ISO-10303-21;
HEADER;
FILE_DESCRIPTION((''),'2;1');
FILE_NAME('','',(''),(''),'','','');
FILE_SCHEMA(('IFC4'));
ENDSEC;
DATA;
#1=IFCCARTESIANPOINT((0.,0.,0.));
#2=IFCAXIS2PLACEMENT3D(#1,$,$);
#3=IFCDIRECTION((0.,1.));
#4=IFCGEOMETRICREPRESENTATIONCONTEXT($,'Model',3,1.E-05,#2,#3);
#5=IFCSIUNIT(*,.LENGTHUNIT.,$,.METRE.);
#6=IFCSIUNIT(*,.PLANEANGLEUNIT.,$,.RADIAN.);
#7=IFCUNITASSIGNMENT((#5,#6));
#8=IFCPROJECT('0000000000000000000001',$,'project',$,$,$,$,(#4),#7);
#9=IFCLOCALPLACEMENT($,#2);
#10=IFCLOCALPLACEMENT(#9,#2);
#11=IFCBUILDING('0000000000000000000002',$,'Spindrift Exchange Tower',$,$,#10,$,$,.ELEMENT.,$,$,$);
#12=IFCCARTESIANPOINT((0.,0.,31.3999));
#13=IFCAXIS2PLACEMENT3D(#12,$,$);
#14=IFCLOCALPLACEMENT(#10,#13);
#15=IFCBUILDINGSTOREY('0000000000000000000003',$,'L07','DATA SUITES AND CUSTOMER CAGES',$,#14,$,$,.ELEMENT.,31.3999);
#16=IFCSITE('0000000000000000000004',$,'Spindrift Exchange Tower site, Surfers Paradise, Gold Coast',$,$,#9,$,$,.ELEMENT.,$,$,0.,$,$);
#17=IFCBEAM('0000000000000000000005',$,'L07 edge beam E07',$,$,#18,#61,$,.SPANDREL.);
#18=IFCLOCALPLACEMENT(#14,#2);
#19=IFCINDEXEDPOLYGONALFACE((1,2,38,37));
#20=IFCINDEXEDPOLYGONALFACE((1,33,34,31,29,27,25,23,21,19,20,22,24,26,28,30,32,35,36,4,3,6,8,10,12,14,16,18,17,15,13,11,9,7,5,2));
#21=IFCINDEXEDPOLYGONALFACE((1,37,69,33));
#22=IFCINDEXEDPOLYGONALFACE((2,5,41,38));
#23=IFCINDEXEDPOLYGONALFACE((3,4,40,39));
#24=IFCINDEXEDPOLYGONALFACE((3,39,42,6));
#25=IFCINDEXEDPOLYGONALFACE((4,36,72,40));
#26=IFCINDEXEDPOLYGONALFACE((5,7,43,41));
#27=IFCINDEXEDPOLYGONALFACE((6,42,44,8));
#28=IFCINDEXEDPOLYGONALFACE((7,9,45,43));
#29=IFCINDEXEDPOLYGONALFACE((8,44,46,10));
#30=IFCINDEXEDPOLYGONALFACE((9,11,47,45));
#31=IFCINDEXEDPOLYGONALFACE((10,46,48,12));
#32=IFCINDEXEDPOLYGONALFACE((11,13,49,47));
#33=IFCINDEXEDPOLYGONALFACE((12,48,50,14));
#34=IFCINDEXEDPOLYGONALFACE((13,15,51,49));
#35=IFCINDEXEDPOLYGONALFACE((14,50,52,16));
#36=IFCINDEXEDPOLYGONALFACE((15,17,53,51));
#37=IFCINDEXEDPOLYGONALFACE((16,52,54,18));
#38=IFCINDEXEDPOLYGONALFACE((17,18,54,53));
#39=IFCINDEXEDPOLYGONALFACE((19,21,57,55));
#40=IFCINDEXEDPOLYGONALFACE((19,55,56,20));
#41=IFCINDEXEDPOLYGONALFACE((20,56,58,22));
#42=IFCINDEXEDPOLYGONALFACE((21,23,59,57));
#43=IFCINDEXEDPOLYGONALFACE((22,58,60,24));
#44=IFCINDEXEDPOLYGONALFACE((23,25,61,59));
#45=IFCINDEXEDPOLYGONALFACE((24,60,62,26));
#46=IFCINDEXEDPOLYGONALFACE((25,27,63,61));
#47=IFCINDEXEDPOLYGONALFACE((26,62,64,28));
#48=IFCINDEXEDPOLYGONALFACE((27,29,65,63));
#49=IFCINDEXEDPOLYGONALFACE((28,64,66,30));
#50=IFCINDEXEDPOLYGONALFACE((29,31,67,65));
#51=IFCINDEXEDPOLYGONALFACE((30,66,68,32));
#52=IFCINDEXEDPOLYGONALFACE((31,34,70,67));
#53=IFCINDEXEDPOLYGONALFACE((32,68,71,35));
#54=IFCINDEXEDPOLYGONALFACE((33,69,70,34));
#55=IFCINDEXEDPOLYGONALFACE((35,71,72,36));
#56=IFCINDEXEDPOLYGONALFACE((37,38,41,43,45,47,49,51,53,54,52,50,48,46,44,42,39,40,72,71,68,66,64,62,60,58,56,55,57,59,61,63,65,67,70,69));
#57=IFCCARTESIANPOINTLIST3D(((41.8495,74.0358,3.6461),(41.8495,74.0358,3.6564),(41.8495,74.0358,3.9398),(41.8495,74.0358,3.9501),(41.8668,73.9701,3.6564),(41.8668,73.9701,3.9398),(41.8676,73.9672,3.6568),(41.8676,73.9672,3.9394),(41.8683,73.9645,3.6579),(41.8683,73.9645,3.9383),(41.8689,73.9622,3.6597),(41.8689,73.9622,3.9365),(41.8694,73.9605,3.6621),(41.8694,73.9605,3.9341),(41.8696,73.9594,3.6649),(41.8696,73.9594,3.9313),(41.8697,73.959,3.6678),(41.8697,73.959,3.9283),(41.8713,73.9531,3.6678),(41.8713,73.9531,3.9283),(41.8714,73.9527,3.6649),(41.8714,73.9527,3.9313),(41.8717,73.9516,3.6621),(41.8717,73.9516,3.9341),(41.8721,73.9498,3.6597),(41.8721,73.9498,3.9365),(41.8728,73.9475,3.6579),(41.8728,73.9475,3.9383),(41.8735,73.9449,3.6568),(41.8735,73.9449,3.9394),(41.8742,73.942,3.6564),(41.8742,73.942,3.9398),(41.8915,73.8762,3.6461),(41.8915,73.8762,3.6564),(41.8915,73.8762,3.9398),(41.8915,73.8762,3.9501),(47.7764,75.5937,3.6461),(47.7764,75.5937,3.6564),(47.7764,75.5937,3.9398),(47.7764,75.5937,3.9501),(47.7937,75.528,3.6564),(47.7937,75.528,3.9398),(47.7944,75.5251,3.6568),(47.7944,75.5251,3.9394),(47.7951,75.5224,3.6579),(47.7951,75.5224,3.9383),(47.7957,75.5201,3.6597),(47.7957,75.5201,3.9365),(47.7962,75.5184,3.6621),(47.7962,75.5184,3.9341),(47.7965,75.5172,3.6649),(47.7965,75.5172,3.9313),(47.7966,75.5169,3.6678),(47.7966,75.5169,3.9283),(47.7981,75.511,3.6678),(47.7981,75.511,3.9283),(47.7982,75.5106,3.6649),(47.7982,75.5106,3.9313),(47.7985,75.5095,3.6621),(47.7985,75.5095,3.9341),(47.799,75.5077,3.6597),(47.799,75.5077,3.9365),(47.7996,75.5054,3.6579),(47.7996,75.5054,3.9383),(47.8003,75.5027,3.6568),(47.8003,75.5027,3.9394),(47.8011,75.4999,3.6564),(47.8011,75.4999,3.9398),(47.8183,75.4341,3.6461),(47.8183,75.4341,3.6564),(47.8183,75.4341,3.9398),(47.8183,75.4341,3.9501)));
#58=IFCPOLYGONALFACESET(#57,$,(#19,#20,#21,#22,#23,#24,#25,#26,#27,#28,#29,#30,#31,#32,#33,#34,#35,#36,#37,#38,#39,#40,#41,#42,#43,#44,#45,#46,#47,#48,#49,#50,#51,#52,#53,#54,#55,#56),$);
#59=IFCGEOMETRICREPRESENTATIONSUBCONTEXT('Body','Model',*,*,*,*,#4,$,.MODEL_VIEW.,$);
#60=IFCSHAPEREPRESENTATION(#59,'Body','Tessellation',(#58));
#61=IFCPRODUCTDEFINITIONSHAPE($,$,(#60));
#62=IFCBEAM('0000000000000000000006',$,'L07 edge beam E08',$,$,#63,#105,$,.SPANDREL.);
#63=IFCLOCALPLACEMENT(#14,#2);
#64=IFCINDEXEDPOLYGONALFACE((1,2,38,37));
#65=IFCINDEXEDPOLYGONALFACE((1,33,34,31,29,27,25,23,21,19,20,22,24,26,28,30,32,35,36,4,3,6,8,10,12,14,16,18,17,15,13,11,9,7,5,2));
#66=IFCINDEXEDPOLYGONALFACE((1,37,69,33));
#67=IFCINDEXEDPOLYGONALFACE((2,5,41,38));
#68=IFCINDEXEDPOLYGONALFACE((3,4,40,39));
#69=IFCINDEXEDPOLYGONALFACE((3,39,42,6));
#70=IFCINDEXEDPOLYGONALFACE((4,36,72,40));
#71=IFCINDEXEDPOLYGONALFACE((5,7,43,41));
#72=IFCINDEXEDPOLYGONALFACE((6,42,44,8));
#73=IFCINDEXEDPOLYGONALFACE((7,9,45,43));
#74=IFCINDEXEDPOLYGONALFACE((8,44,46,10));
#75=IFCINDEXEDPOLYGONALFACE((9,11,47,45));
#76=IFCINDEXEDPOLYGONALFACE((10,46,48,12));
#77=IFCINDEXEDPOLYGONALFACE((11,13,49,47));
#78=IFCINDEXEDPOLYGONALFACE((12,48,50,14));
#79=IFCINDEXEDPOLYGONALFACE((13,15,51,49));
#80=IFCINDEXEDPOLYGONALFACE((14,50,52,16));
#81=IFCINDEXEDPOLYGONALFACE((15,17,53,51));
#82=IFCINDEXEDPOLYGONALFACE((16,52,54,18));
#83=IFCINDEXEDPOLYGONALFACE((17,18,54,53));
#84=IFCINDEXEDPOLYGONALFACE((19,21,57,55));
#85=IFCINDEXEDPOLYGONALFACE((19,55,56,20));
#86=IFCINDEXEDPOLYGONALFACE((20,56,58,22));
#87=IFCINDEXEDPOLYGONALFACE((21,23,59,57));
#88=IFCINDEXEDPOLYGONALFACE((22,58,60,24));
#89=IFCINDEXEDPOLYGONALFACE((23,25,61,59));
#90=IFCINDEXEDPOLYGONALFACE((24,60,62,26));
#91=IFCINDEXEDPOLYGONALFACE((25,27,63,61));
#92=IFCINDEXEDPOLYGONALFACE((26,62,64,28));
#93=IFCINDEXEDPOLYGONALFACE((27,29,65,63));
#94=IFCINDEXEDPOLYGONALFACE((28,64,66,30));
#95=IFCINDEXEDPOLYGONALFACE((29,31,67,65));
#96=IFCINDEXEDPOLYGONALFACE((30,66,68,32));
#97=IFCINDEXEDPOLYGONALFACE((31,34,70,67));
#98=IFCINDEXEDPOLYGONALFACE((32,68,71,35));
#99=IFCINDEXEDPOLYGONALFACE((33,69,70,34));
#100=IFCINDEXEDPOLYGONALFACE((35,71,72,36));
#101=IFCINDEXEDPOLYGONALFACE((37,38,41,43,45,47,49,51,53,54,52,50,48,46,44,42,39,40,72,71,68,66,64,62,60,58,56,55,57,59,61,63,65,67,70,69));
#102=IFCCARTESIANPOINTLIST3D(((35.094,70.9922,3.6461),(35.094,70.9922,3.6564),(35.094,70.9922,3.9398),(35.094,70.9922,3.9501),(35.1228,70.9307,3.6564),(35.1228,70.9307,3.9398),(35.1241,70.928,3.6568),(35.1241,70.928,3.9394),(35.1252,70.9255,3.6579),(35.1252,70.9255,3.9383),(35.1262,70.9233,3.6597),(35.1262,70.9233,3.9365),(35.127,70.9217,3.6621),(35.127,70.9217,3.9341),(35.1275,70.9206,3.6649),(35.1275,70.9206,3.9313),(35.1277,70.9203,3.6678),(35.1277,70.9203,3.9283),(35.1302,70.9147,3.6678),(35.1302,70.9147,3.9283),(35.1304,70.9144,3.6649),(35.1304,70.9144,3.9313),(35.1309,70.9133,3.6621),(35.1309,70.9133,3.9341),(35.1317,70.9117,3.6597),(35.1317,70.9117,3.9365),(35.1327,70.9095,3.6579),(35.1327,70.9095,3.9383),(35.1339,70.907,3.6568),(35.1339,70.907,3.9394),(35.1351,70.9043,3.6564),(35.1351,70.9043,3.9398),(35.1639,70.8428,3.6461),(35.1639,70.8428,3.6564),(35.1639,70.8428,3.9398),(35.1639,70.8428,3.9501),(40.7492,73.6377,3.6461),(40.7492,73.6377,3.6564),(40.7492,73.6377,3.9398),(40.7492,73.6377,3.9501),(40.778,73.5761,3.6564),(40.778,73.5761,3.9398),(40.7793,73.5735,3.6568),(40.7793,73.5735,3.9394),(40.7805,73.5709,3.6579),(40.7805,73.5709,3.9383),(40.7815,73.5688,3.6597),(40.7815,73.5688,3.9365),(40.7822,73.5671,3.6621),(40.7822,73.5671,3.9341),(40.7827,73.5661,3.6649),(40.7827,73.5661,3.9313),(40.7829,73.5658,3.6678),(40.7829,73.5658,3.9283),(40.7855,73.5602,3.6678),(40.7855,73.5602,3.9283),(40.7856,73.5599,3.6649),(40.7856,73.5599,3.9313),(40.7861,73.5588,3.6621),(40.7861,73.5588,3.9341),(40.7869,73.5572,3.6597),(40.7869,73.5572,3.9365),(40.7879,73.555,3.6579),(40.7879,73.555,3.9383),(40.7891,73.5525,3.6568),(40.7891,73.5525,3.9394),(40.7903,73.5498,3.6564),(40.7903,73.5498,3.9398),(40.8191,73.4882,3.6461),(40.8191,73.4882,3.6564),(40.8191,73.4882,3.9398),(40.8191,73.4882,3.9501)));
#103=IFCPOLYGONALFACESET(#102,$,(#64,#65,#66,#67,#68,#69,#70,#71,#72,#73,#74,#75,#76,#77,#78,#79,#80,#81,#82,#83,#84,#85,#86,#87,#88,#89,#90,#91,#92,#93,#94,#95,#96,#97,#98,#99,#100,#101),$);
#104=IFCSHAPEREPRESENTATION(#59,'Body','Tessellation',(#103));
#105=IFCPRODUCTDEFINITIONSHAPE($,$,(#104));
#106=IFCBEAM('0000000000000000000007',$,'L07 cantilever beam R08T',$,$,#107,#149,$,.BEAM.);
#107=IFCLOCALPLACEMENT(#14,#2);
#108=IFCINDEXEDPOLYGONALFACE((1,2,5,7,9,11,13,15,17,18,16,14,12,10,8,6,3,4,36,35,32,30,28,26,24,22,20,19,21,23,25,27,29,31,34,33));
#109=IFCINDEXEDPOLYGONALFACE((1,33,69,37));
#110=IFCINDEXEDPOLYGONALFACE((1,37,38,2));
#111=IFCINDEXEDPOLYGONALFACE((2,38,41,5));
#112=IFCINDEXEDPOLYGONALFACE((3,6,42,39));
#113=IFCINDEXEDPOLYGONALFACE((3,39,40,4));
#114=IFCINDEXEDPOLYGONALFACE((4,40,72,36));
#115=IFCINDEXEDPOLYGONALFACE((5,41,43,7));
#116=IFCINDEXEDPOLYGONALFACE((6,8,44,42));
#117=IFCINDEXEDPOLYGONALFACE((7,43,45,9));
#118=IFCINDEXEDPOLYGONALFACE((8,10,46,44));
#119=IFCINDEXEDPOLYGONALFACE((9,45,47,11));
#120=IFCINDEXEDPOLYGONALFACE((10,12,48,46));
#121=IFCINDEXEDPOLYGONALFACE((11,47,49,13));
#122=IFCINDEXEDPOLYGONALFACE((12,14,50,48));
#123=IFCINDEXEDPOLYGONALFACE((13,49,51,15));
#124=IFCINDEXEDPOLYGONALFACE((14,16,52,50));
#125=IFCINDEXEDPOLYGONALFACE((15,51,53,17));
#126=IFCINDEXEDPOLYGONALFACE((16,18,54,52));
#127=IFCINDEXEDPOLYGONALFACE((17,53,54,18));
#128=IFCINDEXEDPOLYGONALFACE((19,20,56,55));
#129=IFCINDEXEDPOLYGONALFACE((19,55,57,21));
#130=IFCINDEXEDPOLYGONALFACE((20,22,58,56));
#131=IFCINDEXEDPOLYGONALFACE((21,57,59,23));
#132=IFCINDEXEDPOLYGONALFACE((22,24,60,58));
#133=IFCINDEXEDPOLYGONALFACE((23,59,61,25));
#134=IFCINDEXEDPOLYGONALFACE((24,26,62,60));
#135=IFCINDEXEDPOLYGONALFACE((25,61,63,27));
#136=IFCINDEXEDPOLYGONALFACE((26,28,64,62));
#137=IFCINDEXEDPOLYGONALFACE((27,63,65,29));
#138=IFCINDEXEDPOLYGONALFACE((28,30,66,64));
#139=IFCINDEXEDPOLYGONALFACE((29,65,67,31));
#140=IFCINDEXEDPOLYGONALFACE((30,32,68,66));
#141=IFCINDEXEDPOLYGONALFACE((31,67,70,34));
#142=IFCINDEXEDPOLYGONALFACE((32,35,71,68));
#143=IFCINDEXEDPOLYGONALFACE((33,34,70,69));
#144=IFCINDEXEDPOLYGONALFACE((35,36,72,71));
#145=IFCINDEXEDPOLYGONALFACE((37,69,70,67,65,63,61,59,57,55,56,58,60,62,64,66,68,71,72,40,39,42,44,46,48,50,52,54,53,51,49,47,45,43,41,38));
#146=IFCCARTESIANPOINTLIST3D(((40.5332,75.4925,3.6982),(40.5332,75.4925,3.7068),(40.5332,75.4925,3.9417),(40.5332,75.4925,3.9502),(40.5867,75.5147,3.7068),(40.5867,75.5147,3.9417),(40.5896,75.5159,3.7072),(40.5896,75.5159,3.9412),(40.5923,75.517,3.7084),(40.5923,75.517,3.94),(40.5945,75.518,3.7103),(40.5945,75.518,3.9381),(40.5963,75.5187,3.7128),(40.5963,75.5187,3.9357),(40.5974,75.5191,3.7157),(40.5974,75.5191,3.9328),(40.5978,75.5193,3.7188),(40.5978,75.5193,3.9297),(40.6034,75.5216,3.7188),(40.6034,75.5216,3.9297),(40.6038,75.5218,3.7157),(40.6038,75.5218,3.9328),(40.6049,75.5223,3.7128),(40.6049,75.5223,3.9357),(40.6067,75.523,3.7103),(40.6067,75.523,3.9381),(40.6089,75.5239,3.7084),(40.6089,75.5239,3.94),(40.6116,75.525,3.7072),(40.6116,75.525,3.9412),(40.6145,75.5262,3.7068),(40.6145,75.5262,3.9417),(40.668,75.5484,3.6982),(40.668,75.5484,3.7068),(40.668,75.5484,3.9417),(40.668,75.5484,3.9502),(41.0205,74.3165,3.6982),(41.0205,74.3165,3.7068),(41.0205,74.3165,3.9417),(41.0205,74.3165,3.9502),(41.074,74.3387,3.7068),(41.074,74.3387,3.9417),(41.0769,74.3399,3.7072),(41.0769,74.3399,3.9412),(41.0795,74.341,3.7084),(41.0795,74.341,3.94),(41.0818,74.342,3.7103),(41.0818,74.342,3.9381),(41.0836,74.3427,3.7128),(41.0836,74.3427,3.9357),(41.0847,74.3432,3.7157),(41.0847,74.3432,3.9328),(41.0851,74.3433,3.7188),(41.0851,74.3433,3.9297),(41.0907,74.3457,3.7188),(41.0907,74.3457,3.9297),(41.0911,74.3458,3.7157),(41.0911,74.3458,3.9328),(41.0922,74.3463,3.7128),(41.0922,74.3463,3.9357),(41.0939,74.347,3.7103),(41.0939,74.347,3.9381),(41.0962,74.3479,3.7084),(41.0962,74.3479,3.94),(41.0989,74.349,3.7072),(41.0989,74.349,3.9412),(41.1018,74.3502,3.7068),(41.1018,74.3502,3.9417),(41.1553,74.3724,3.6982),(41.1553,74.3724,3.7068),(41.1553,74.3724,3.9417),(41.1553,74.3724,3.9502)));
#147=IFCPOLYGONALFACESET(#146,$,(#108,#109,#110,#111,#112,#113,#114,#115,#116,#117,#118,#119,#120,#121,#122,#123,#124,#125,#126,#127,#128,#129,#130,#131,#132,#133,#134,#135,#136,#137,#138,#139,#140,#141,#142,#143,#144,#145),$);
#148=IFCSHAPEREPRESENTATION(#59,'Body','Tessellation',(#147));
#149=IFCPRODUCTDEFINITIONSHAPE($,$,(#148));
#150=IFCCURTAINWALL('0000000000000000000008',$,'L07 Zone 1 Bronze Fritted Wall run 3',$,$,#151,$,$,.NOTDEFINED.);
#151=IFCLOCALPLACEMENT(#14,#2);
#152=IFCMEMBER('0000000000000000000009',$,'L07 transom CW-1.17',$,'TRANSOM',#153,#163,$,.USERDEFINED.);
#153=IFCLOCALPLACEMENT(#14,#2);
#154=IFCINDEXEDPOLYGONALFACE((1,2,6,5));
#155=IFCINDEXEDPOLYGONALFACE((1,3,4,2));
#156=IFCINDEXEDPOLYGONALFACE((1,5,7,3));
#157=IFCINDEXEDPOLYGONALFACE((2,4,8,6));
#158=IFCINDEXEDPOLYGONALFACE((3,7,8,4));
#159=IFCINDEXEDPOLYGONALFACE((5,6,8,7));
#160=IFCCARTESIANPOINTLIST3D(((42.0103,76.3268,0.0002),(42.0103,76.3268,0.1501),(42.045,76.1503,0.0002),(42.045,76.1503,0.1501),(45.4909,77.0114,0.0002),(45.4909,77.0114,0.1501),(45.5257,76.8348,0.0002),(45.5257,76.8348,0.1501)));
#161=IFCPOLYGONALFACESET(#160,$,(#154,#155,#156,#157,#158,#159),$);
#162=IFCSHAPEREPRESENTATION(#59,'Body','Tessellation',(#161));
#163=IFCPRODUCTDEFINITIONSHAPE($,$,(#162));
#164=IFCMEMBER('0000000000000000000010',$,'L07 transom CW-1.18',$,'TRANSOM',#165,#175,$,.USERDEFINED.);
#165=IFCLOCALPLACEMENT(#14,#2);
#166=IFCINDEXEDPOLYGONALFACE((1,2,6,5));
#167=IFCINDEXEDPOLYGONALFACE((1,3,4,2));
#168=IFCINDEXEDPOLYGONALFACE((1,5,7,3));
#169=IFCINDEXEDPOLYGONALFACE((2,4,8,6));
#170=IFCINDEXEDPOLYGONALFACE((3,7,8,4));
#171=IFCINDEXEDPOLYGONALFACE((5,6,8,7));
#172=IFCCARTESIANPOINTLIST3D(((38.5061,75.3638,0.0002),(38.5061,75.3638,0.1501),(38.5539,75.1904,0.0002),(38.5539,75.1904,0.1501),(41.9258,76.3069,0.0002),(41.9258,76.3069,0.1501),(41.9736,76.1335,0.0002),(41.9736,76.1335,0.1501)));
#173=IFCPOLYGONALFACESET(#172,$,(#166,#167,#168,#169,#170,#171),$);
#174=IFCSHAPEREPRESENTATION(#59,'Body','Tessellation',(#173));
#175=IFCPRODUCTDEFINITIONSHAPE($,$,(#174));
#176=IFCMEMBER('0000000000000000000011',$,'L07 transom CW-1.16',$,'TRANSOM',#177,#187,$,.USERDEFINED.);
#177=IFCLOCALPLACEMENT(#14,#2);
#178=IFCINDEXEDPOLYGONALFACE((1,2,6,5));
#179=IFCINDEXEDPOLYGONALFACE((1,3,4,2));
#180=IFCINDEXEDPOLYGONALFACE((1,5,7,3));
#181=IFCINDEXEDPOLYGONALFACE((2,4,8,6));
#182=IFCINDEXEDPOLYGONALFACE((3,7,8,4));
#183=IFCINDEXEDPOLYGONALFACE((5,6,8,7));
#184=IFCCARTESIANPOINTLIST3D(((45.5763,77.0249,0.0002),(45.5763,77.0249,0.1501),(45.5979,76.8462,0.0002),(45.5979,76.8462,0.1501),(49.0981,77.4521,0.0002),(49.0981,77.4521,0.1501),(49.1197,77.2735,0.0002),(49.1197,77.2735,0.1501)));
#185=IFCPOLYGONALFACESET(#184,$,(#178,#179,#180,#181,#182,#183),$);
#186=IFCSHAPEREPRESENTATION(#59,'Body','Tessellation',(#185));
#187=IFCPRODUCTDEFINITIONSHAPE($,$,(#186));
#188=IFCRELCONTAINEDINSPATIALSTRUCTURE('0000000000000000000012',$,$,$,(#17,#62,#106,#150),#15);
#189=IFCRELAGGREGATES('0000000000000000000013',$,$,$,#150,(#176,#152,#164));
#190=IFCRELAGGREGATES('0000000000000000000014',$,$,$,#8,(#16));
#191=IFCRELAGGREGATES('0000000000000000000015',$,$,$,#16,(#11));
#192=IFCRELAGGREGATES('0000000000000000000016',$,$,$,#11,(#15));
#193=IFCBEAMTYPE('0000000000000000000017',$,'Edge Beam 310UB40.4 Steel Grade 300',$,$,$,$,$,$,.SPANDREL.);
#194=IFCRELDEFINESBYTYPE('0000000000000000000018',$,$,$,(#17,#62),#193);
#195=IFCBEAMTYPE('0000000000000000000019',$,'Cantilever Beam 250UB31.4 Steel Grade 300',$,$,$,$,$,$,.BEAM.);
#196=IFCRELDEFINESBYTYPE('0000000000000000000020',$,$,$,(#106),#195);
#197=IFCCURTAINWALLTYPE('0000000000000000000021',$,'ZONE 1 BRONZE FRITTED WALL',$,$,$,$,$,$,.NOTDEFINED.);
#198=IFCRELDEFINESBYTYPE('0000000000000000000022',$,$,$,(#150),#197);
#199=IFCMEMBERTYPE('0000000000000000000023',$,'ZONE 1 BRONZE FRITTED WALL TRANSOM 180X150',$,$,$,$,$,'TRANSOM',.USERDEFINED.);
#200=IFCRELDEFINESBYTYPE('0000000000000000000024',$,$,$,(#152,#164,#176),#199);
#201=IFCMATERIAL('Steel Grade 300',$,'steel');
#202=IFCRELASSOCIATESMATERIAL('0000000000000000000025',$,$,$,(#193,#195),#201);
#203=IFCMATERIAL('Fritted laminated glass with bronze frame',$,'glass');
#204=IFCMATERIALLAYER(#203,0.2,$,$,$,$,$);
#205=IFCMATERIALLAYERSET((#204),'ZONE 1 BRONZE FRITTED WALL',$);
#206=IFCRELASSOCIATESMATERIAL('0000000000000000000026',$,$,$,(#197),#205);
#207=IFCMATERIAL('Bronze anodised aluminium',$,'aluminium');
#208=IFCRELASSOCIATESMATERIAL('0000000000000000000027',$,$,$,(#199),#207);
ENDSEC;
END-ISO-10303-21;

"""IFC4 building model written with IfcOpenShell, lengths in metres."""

from ifc_helpers import new_model, si_unit, direction, frame, origin, origin_2d, place, context, subcontext, project, spatial, rectangle, i_section, extrude, source, transform, mapped, material, layer, layer_set, material_profile, profile_set, type_object, element, aggregate, save


model = new_model("IFC4")

# Units and contexts
model_context = context("Model", 3, precision=1e-05, world=origin(), true_north=direction((0.0, 1.0)))
body_context = subcontext(model_context, "Body", "Model", "MODEL_VIEW")
ifc_project = project(units=[si_unit("LENGTHUNIT", "METRE"), si_unit("PLANEANGLEUNIT", "RADIAN")], contexts=[model_context])

# Site, building, storey
site_placement = place(None, origin())
site = spatial("IfcSite", under=ifc_project, at=site_placement, Name="Spindrift Exchange Tower site, Surfers Paradise, Gold Coast", CompositionType="ELEMENT", RefElevation=0.0)
building_placement = place(site_placement, origin())
building = spatial("IfcBuilding", under=site, at=building_placement, Name="Spindrift Exchange Tower", CompositionType="ELEMENT")
storey_placement = place(building_placement, frame((0.0, 0.0, 31.3999)))
storey = spatial("IfcBuildingStorey", under=building, at=storey_placement, Name="L07", Description="DATA SUITES AND CUSTOMER CAGES", CompositionType="ELEMENT", Elevation=31.3999)

# Beams
ifc_material_1 = material(Name="Steel Grade 300", Category="steel")
ifc_material_profile_1 = material_profile(ifc_material_1, i_section(OverallWidth=0.165, OverallDepth=0.304, WebThickness=0.0061, FlangeThickness=0.0103, FilletRadius=0.0115, at=origin_2d()), Name="310UB40.4")
ifc_profile_set_1 = profile_set([ifc_material_profile_1], Name="Steel Grade 300")
beam_type_1 = type_object("IfcBeamType", Name="Edge Beam 310UB40.4 Steel Grade 300", PredefinedType="SPANDREL", material=ifc_profile_set_1)
shared_shape_1 = source(origin(), body_context, "Body", "SweptSolid", [
    extrude(i_section(OverallWidth=0.165, OverallDepth=0.304, WebThickness=0.0061, FlangeThickness=0.0103, FilletRadius=0.0115, at=origin_2d()), origin(), (0.0, 0.0, 1.0), 6.1282),
])
beam_1_placement = place(storey_placement, frame((47.7974, 75.5139, 3.7981), z_axis=(-0.967147, -0.254217, 0.0), x_axis=(0.254217, -0.967147, 0.0)))
element("IfcBeam", 1, at=beam_1_placement, inside=storey, type_object=beam_type_1, Name="L07 edge beam E07", PredefinedType="SPANDREL", context=body_context, shape_type="MappedRepresentation", body=[
    mapped(shared_shape_1, transform((0.0, 0.0, 0.0), scale=1.0)),
])
shared_shape_2 = source(origin(), body_context, "Body", "SweptSolid", [
    extrude(i_section(OverallWidth=0.165, OverallDepth=0.304, WebThickness=0.0061, FlangeThickness=0.0103, FilletRadius=0.0115, at=origin_2d()), origin(), (0.0, 0.0, 1.0), 6.2434),
])
beam_2_placement = place(storey_placement, frame((40.7842, 73.563, 3.7981), z_axis=(-0.905791, -0.423724, 0.0), x_axis=(0.423724, -0.905791, 0.0)))
element("IfcBeam", 2, at=beam_2_placement, inside=storey, type_object=beam_type_1, Name="L07 edge beam E08", PredefinedType="SPANDREL", context=body_context, shape_type="MappedRepresentation", body=[
    mapped(shared_shape_2, transform((0.0, 0.0, 0.0), scale=1.0)),
])
ifc_material_profile_2 = material_profile(ifc_material_1, i_section(OverallWidth=0.146, OverallDepth=0.252, WebThickness=0.0061, FlangeThickness=0.0085, FilletRadius=0.012, at=origin_2d()), Name="250UB31.4")
ifc_profile_set_2 = profile_set([ifc_material_profile_2], Name="Steel Grade 300")
beam_type_2 = type_object("IfcBeamType", Name="Cantilever Beam 250UB31.4 Steel Grade 300", PredefinedType="BEAM", material=ifc_profile_set_2)
shared_shape_3 = source(origin(), body_context, "Body", "SweptSolid", [
    extrude(i_section(OverallWidth=0.146, OverallDepth=0.252, WebThickness=0.0061, FlangeThickness=0.0085, FilletRadius=0.012, at=origin_2d()), origin(), (0.0, 0.0, 1.0), 1.2729),
])
beam_3_placement = place(storey_placement, frame((41.0879, 74.3445, 3.8242), z_axis=(-0.382803, 0.92383, 0.0), x_axis=(-0.92383, -0.382803, 0.0)))
element("IfcBeam", 3, at=beam_3_placement, inside=storey, type_object=beam_type_2, Name="L07 cantilever beam R08T", PredefinedType="BEAM", context=body_context, shape_type="MappedRepresentation", body=[
    mapped(shared_shape_3, transform((0.0, 0.0, 0.0), scale=1.0)),
])

# Curtain wall, members
ifc_material_2 = material(Name="Fritted laminated glass with bronze frame", Category="glass")
ifc_layer_1 = layer(ifc_material_2, 0.2)
ifc_layer_set_1 = layer_set([ifc_layer_1], Name="ZONE 1 BRONZE FRITTED WALL")
curtain_wall_type = type_object("IfcCurtainWallType", Name="ZONE 1 BRONZE FRITTED WALL", PredefinedType="NOTDEFINED", material=ifc_layer_set_1)
curtain_wall_1_placement = place(storey_placement, origin())
curtain_wall_1 = element("IfcCurtainWall", 4, at=curtain_wall_1_placement, inside=storey, type_object=curtain_wall_type, Name="L07 Zone 1 Bronze Fritted Wall run 3", PredefinedType="NOTDEFINED")
ifc_material_3 = material(Name="Bronze anodised aluminium", Category="aluminium")
ifc_material_profile_3 = material_profile(ifc_material_3, rectangle(XDim=0.1799, YDim=0.1499, at=origin_2d()), Name="ZONE 1 BRONZE FRITTED WALL TRANSOM 180X150")
ifc_profile_set_3 = profile_set([ifc_material_profile_3], Name="Bronze anodised aluminium")
member_type_1 = type_object("IfcMemberType", Name="ZONE 1 BRONZE FRITTED WALL TRANSOM 180X150", ElementType="TRANSOM", PredefinedType="USERDEFINED", material=ifc_profile_set_3)
shared_shape_4 = source(origin(), body_context, "Body", "SweptSolid", [
    extrude(rectangle(XDim=0.1799, YDim=0.1499, at=origin_2d()), origin(), (0.0, 0.0, 1.0), 3.5474),
])
member_1_placement = place(storey_placement, frame((45.5083, 76.9231, 0.0752), z_axis=(-0.981203, -0.192978, 0.0), x_axis=(0.192978, -0.981203, 0.0)))
member_1 = element("IfcMember", 5, at=member_1_placement, type_object=member_type_1, Name="L07 transom CW-1.17", ObjectType="TRANSOM", PredefinedType="USERDEFINED", context=body_context, shape_type="MappedRepresentation", body=[
    mapped(shared_shape_4, transform((0.0, 0.0, 0.0), scale=1.0)),
])
member_2_placement = place(storey_placement, frame((41.9497, 76.2202, 0.0752), z_axis=(-0.96401, -0.265865, 0.0), x_axis=(0.265865, -0.96401, 0.0)))
member_2 = element("IfcMember", 6, at=member_2_placement, type_object=member_type_1, Name="L07 transom CW-1.18", ObjectType="TRANSOM", PredefinedType="USERDEFINED", context=body_context, shape_type="MappedRepresentation", body=[
    mapped(shared_shape_4, transform((0.0, 0.0, 0.0), scale=1.0)),
])
shared_shape_5 = source(origin(), body_context, "Body", "SweptSolid", [
    extrude(rectangle(XDim=0.1799, YDim=0.1499, at=origin_2d()), origin(), (0.0, 0.0, 1.0), 3.5476),
])
member_3_placement = place(storey_placement, frame((49.1089, 77.3628, 0.0752), z_axis=(-0.992721, -0.120434, 0.0), x_axis=(0.120434, -0.992721, 0.0)))
member_3 = element("IfcMember", 7, at=member_3_placement, type_object=member_type_1, Name="L07 transom CW-1.16", ObjectType="TRANSOM", PredefinedType="USERDEFINED", context=body_context, shape_type="MappedRepresentation", body=[
    mapped(shared_shape_5, transform((0.0, 0.0, 0.0), scale=1.0)),
])

aggregate(curtain_wall_1, [member_3, member_1, member_2])

save(model, "model.ifc")
